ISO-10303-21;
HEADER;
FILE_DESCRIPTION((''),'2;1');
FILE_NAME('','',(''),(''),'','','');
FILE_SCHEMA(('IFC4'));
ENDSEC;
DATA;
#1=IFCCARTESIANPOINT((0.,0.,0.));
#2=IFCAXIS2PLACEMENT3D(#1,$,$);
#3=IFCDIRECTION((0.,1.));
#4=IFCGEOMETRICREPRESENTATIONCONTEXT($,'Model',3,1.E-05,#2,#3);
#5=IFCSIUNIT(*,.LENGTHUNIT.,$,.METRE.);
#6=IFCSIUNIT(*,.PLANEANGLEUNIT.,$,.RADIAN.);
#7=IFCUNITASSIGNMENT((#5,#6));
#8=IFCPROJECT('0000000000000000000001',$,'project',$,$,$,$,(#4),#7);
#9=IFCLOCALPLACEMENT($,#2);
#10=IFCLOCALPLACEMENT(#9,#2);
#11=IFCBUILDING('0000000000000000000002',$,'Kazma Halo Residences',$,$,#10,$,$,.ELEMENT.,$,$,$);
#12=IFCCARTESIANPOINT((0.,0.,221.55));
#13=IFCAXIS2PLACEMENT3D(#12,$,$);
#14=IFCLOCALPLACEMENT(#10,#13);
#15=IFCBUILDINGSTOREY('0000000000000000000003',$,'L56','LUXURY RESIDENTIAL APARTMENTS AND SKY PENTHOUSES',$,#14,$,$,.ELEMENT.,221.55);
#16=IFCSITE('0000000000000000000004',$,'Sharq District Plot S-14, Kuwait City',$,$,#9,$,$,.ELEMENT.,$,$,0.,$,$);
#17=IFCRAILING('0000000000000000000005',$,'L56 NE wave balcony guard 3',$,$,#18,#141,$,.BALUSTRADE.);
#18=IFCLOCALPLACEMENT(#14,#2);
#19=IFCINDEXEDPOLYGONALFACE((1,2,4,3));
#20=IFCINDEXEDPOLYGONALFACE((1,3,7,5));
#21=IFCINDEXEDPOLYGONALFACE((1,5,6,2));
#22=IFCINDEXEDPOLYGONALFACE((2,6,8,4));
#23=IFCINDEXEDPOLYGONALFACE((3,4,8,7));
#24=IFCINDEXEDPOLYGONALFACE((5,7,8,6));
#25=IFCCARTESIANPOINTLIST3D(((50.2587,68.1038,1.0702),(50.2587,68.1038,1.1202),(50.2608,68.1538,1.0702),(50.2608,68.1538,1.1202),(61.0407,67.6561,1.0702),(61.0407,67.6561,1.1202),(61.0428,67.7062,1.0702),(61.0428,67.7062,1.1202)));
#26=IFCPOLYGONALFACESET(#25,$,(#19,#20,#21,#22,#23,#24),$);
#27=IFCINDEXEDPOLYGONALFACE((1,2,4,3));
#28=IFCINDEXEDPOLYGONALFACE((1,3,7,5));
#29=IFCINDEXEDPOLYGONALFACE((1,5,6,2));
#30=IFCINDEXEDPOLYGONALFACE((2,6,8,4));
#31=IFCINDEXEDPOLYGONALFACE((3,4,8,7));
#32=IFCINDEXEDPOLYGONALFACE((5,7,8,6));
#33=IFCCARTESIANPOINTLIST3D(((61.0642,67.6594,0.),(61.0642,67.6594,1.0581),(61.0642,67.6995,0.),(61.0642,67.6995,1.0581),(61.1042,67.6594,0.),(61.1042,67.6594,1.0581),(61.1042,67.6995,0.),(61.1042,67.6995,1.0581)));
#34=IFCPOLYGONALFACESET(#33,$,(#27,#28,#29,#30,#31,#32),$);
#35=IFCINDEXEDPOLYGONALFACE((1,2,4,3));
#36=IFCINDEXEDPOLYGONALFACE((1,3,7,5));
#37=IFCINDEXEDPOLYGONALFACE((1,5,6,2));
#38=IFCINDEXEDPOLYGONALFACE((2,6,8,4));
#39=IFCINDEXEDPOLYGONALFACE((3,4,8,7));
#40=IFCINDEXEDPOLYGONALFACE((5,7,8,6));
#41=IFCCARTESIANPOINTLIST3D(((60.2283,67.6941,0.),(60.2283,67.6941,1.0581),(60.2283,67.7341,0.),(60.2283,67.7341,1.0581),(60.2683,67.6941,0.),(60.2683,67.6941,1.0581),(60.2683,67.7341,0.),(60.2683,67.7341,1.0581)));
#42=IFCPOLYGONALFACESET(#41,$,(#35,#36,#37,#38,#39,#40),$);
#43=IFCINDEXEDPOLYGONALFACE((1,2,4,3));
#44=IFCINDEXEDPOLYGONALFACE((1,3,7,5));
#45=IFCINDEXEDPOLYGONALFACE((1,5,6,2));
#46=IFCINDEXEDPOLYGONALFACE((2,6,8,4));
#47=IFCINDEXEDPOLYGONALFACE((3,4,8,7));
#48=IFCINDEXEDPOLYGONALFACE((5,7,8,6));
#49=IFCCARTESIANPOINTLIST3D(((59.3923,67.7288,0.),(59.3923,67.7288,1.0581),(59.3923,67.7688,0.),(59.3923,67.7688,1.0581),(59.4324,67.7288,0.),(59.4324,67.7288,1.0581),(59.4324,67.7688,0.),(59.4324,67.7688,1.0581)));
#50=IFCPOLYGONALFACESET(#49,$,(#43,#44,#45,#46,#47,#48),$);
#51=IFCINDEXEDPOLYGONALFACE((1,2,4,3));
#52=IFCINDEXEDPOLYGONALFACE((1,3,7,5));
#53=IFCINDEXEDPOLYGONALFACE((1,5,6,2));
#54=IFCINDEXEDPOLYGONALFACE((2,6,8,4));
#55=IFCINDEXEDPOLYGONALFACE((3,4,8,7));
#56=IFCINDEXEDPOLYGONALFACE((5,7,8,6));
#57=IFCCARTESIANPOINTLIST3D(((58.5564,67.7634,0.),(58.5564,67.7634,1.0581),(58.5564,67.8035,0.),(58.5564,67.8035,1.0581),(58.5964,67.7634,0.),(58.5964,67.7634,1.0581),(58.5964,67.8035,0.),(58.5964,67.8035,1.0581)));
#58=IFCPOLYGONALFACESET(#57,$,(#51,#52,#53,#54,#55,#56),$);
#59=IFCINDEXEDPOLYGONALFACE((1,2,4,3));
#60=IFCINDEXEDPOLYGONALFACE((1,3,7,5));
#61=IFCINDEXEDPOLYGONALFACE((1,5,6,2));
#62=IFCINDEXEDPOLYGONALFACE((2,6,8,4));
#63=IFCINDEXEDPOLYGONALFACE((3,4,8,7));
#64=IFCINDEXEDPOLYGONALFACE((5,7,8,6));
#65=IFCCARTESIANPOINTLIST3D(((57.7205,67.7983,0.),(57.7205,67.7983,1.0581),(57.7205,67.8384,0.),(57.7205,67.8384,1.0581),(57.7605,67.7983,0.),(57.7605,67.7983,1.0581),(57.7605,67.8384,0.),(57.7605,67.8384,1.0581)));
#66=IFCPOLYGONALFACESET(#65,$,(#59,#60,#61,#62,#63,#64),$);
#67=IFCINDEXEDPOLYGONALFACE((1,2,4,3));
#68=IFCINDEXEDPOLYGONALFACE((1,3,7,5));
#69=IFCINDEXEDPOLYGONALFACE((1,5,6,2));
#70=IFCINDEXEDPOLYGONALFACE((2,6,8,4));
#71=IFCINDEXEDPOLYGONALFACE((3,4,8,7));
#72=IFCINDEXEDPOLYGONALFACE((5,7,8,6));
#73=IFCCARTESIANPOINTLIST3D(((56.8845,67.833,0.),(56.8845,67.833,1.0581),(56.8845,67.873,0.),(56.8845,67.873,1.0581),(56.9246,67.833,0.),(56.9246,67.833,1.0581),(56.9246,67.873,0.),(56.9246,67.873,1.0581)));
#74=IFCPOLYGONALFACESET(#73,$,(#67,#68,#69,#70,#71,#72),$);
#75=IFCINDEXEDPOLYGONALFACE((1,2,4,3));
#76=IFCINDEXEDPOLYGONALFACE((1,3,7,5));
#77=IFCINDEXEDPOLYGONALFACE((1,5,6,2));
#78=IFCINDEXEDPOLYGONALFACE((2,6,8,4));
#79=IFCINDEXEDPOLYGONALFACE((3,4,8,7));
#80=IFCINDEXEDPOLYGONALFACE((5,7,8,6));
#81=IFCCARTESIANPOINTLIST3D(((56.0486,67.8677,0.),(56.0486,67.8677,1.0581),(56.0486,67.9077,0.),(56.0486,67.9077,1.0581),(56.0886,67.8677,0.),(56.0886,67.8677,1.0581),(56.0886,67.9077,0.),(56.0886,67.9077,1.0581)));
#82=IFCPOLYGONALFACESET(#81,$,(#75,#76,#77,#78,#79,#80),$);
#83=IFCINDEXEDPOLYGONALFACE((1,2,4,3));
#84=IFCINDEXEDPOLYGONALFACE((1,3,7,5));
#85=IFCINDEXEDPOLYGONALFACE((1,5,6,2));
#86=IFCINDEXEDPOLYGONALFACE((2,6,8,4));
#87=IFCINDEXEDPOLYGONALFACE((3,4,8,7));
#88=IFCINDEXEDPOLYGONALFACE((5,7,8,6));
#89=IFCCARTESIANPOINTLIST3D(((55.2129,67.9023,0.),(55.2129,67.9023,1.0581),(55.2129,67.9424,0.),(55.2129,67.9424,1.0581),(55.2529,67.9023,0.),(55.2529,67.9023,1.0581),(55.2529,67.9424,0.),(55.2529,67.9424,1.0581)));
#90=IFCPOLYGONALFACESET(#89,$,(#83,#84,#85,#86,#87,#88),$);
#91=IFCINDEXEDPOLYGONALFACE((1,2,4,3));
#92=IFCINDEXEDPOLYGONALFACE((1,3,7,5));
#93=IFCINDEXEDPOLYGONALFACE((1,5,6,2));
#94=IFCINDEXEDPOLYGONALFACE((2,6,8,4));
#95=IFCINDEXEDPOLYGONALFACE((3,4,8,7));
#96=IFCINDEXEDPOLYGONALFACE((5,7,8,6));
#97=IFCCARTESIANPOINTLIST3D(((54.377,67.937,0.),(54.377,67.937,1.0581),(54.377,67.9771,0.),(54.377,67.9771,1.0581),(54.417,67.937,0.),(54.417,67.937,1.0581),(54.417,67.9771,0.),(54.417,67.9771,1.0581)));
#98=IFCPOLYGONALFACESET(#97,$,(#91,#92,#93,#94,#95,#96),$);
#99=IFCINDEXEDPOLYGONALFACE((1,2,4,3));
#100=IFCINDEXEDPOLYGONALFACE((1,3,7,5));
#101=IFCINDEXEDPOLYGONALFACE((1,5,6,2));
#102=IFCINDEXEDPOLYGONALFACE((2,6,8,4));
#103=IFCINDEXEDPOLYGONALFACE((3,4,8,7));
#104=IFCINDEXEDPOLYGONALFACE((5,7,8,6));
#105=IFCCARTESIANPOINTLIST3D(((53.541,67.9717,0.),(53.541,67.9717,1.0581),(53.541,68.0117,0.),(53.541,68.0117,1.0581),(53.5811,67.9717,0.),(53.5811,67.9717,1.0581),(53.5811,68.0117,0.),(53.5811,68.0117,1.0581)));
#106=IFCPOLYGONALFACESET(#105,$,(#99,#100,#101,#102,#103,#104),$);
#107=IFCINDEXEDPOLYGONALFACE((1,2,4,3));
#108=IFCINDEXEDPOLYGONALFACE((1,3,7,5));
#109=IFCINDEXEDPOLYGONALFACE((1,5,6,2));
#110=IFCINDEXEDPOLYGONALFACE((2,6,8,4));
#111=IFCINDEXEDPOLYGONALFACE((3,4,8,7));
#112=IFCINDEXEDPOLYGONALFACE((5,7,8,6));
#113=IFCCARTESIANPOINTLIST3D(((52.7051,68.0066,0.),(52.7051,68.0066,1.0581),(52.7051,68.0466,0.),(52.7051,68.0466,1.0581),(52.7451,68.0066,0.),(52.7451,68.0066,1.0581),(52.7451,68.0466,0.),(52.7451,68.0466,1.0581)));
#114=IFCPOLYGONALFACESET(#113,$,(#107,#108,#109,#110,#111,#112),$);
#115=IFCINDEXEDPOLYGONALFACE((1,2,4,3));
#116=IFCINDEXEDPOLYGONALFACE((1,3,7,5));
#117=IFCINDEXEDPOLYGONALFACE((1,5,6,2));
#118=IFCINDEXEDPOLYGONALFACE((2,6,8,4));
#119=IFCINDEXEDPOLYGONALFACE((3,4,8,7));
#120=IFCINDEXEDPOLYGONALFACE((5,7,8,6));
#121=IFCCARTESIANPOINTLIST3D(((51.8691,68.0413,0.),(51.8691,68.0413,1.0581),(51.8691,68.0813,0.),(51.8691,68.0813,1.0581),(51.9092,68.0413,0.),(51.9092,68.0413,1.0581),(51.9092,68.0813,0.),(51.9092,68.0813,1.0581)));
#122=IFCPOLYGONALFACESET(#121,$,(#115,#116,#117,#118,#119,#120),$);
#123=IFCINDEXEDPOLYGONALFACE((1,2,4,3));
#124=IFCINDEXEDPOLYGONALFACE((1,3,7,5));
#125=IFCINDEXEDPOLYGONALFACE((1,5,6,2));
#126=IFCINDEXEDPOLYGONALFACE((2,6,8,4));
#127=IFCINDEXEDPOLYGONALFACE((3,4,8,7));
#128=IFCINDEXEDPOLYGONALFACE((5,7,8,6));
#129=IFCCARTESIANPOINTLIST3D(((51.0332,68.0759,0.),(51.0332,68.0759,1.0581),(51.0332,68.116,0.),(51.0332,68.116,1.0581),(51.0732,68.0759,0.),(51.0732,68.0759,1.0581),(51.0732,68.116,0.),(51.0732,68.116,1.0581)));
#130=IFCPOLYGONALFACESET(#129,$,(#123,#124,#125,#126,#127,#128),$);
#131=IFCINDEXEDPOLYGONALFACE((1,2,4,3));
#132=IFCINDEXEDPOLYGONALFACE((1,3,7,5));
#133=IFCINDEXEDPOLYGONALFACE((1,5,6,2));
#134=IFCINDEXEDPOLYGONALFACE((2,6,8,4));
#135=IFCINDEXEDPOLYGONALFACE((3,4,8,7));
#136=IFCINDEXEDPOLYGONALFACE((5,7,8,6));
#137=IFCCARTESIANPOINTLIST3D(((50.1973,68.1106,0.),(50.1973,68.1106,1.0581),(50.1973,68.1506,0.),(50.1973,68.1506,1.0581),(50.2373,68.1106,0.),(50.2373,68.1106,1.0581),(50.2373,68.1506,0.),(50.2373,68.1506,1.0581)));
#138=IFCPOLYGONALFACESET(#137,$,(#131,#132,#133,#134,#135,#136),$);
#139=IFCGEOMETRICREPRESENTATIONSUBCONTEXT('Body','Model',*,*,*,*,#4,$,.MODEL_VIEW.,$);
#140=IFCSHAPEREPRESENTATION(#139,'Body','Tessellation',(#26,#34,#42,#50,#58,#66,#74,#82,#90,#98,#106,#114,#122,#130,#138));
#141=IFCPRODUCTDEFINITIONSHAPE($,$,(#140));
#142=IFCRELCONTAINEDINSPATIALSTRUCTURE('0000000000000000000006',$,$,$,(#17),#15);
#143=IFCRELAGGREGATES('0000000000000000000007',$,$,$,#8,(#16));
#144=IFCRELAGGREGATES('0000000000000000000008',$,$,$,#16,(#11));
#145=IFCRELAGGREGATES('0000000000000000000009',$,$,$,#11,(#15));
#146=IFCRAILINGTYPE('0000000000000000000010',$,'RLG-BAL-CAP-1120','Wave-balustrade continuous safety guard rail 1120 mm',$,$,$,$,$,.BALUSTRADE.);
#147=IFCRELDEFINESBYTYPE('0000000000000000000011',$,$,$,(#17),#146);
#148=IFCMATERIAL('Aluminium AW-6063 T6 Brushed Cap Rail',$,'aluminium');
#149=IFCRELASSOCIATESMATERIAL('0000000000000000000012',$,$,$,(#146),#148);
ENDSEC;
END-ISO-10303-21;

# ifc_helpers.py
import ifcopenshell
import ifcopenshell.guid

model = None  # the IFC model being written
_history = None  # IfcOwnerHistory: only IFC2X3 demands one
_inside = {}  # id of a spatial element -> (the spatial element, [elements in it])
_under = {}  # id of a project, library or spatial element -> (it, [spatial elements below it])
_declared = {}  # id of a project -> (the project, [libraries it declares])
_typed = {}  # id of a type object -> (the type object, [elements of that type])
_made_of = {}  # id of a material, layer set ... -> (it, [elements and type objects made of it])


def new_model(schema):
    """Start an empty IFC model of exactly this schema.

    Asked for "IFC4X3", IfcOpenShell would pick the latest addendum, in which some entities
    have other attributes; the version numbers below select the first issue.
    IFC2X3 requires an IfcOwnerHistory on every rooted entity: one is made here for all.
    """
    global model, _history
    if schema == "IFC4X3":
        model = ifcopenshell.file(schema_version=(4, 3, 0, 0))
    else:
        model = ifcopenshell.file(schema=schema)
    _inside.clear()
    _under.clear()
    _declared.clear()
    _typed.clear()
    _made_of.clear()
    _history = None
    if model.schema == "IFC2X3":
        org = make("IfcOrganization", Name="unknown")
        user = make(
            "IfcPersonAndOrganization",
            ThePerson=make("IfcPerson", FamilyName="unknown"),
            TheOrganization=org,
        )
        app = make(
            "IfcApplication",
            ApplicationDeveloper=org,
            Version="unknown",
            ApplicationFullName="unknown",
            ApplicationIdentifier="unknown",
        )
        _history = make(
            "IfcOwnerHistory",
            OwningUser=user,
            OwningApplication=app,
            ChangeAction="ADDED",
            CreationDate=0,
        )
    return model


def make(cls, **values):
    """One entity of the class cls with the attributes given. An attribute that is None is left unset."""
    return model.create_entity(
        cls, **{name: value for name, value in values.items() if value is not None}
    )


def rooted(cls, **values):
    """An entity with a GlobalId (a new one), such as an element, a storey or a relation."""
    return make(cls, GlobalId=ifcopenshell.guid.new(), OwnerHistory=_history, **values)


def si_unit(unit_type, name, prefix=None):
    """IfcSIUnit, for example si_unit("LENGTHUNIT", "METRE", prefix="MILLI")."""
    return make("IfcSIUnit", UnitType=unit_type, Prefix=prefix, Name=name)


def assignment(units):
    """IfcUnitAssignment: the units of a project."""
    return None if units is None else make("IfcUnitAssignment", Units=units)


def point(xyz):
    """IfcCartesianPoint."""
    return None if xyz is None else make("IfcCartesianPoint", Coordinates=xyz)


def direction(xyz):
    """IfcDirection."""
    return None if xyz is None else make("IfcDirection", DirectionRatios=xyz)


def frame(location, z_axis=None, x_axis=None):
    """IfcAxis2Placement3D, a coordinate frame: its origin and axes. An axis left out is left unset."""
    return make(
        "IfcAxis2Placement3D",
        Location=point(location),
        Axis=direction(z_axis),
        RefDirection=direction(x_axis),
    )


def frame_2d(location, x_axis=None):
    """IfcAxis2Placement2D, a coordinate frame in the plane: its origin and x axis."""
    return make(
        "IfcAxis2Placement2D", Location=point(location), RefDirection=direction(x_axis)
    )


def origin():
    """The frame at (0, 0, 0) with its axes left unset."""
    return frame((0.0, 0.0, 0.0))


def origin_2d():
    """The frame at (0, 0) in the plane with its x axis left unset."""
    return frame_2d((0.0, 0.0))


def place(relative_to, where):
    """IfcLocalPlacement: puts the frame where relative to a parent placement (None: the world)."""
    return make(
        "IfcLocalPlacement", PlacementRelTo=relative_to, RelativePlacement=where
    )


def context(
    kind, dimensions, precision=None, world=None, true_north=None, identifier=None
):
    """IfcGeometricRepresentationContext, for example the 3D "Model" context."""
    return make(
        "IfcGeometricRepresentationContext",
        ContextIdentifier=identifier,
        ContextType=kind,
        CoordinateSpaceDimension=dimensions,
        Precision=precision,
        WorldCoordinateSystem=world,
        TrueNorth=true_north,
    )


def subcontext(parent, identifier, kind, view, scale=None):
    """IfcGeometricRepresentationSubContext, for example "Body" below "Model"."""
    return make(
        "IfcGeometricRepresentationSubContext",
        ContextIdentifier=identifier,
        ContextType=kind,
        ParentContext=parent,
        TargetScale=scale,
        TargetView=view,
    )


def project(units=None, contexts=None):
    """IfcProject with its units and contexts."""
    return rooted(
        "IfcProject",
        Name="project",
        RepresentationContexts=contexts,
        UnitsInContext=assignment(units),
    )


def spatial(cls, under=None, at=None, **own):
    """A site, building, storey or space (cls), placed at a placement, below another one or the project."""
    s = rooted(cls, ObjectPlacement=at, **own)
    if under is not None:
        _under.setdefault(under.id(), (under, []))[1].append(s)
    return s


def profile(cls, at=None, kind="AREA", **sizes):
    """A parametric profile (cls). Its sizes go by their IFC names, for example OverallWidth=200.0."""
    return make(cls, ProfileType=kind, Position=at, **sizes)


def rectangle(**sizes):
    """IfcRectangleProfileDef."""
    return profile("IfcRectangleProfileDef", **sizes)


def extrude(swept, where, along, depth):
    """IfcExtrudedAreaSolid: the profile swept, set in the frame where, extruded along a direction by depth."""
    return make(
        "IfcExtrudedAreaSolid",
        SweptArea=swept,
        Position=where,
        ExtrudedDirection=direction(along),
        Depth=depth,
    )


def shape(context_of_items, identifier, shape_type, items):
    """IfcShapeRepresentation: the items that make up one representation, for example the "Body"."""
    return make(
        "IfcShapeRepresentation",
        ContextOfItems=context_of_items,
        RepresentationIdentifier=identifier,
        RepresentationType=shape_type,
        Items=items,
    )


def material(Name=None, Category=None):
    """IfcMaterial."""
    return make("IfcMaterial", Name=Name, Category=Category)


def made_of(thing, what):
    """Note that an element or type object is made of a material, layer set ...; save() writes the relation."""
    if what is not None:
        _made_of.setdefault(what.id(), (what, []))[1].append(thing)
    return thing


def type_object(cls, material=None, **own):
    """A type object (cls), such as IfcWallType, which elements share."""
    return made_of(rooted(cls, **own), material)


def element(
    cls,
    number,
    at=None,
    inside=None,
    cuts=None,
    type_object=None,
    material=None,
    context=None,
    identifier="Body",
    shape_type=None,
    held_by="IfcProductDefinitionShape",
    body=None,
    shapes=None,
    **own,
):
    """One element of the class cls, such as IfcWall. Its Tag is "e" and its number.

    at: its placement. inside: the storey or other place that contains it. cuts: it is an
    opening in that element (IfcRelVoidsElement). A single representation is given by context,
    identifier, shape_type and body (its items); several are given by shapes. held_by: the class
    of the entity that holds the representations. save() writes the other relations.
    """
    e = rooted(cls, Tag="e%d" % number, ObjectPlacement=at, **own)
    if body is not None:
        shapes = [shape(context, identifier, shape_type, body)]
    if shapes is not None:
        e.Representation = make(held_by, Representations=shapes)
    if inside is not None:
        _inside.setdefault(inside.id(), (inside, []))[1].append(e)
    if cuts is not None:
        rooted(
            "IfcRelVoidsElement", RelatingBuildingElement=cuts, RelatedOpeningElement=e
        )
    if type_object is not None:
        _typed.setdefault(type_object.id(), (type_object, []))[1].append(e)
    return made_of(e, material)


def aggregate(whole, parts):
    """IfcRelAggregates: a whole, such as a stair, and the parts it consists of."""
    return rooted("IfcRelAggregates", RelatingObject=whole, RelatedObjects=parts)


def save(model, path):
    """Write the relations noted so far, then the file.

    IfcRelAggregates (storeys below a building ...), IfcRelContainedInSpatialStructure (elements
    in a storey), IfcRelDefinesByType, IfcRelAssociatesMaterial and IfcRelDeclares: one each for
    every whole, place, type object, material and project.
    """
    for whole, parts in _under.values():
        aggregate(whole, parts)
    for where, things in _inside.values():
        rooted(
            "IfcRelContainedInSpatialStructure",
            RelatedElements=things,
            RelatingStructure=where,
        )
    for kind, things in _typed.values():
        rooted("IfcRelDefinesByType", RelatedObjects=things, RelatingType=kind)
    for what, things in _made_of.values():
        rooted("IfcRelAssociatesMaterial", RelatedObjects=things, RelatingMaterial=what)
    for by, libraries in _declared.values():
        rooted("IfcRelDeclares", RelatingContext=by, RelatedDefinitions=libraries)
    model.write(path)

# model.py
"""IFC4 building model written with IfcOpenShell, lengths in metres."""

from ifc_helpers import new_model, si_unit, direction, frame, origin, origin_2d, place, context, subcontext, project, spatial, rectangle, extrude, material, type_object, element, save


model = new_model("IFC4")

# Units and contexts
model_context = context("Model", 3, precision=1e-05, world=origin(), true_north=direction((0.0, 1.0)))
body_context = subcontext(model_context, "Body", "Model", "MODEL_VIEW")
ifc_project = project(units=[si_unit("LENGTHUNIT", "METRE"), si_unit("PLANEANGLEUNIT", "RADIAN")], contexts=[model_context])

# Site, building, storey
site_placement = place(None, origin())
site = spatial("IfcSite", under=ifc_project, at=site_placement, Name="Sharq District Plot S-14, Kuwait City", CompositionType="ELEMENT", RefElevation=0.0)
building_placement = place(site_placement, origin())
building = spatial("IfcBuilding", under=site, at=building_placement, Name="Kazma Halo Residences", CompositionType="ELEMENT")
storey_placement = place(building_placement, frame((0.0, 0.0, 221.55)))
storey = spatial("IfcBuildingStorey", under=building, at=storey_placement, Name="L56", Description="LUXURY RESIDENTIAL APARTMENTS AND SKY PENTHOUSES", CompositionType="ELEMENT", Elevation=221.55)

# Railing
ifc_material_1 = material(Name="Aluminium AW-6063 T6 Brushed Cap Rail", Category="aluminium")
railing_type = type_object("IfcRailingType", Name="RLG-BAL-CAP-1120", Description="Wave-balustrade continuous safety guard rail 1120 mm", PredefinedType="BALUSTRADE", material=ifc_material_1)
railing_1_placement = place(storey_placement, frame((61.0842, 67.6794, 0.0)))
element("IfcRailing", 1, at=railing_1_placement, inside=storey, type_object=railing_type, Name="L56 NE wave balcony guard 3", PredefinedType="BALUSTRADE", context=body_context, shape_type="SweptSolid", body=[
    extrude(rectangle(XDim=0.05, YDim=0.05, at=origin_2d()), frame((-0.0425, 0.0017, 1.0952), z_axis=(-0.999139, 0.041482, 0.0), x_axis=(-0.041482, -0.999139, 0.0)), (0.0, 0.0, 1.0), 10.7913),
    extrude(rectangle(XDim=0.04, YDim=0.04, at=origin_2d()), origin(), (0.0, 0.0, 1.0), 1.0581),
    extrude(rectangle(XDim=0.04, YDim=0.04, at=origin_2d()), frame((-0.8359, 0.0347, 0.0)), (0.0, 0.0, 1.0), 1.0581),
    extrude(rectangle(XDim=0.04, YDim=0.04, at=origin_2d()), frame((-1.6719, 0.0693, 0.0)), (0.0, 0.0, 1.0), 1.0581),
    extrude(rectangle(XDim=0.04, YDim=0.04, at=origin_2d()), frame((-2.5078, 0.104, 0.0)), (0.0, 0.0, 1.0), 1.0581),
    extrude(rectangle(XDim=0.04, YDim=0.04, at=origin_2d()), frame((-3.3438, 0.1389, 0.0)), (0.0, 0.0, 1.0), 1.0581),
    extrude(rectangle(XDim=0.04, YDim=0.04, at=origin_2d()), frame((-4.1797, 0.1736, 0.0)), (0.0, 0.0, 1.0), 1.0581),
    extrude(rectangle(XDim=0.04, YDim=0.04, at=origin_2d()), frame((-5.0156, 0.2083, 0.0)), (0.0, 0.0, 1.0), 1.0581),
    extrude(rectangle(XDim=0.04, YDim=0.04, at=origin_2d()), frame((-5.8513, 0.2429, 0.0)), (0.0, 0.0, 1.0), 1.0581),
    extrude(rectangle(XDim=0.04, YDim=0.04, at=origin_2d()), frame((-6.6873, 0.2776, 0.0)), (0.0, 0.0, 1.0), 1.0581),
    extrude(rectangle(XDim=0.04, YDim=0.04, at=origin_2d()), frame((-7.5232, 0.3123, 0.0)), (0.0, 0.0, 1.0), 1.0581),
    extrude(rectangle(XDim=0.04, YDim=0.04, at=origin_2d()), frame((-8.3591, 0.3472, 0.0)), (0.0, 0.0, 1.0), 1.0581),
    extrude(rectangle(XDim=0.04, YDim=0.04, at=origin_2d()), frame((-9.1951, 0.3818, 0.0)), (0.0, 0.0, 1.0), 1.0581),
    extrude(rectangle(XDim=0.04, YDim=0.04, at=origin_2d()), frame((-10.031, 0.4165, 0.0)), (0.0, 0.0, 1.0), 1.0581),
    extrude(rectangle(XDim=0.04, YDim=0.04, at=origin_2d()), frame((-10.8669, 0.4512, 0.0)), (0.0, 0.0, 1.0), 1.0581),
])

save(model, "model.ifc")
